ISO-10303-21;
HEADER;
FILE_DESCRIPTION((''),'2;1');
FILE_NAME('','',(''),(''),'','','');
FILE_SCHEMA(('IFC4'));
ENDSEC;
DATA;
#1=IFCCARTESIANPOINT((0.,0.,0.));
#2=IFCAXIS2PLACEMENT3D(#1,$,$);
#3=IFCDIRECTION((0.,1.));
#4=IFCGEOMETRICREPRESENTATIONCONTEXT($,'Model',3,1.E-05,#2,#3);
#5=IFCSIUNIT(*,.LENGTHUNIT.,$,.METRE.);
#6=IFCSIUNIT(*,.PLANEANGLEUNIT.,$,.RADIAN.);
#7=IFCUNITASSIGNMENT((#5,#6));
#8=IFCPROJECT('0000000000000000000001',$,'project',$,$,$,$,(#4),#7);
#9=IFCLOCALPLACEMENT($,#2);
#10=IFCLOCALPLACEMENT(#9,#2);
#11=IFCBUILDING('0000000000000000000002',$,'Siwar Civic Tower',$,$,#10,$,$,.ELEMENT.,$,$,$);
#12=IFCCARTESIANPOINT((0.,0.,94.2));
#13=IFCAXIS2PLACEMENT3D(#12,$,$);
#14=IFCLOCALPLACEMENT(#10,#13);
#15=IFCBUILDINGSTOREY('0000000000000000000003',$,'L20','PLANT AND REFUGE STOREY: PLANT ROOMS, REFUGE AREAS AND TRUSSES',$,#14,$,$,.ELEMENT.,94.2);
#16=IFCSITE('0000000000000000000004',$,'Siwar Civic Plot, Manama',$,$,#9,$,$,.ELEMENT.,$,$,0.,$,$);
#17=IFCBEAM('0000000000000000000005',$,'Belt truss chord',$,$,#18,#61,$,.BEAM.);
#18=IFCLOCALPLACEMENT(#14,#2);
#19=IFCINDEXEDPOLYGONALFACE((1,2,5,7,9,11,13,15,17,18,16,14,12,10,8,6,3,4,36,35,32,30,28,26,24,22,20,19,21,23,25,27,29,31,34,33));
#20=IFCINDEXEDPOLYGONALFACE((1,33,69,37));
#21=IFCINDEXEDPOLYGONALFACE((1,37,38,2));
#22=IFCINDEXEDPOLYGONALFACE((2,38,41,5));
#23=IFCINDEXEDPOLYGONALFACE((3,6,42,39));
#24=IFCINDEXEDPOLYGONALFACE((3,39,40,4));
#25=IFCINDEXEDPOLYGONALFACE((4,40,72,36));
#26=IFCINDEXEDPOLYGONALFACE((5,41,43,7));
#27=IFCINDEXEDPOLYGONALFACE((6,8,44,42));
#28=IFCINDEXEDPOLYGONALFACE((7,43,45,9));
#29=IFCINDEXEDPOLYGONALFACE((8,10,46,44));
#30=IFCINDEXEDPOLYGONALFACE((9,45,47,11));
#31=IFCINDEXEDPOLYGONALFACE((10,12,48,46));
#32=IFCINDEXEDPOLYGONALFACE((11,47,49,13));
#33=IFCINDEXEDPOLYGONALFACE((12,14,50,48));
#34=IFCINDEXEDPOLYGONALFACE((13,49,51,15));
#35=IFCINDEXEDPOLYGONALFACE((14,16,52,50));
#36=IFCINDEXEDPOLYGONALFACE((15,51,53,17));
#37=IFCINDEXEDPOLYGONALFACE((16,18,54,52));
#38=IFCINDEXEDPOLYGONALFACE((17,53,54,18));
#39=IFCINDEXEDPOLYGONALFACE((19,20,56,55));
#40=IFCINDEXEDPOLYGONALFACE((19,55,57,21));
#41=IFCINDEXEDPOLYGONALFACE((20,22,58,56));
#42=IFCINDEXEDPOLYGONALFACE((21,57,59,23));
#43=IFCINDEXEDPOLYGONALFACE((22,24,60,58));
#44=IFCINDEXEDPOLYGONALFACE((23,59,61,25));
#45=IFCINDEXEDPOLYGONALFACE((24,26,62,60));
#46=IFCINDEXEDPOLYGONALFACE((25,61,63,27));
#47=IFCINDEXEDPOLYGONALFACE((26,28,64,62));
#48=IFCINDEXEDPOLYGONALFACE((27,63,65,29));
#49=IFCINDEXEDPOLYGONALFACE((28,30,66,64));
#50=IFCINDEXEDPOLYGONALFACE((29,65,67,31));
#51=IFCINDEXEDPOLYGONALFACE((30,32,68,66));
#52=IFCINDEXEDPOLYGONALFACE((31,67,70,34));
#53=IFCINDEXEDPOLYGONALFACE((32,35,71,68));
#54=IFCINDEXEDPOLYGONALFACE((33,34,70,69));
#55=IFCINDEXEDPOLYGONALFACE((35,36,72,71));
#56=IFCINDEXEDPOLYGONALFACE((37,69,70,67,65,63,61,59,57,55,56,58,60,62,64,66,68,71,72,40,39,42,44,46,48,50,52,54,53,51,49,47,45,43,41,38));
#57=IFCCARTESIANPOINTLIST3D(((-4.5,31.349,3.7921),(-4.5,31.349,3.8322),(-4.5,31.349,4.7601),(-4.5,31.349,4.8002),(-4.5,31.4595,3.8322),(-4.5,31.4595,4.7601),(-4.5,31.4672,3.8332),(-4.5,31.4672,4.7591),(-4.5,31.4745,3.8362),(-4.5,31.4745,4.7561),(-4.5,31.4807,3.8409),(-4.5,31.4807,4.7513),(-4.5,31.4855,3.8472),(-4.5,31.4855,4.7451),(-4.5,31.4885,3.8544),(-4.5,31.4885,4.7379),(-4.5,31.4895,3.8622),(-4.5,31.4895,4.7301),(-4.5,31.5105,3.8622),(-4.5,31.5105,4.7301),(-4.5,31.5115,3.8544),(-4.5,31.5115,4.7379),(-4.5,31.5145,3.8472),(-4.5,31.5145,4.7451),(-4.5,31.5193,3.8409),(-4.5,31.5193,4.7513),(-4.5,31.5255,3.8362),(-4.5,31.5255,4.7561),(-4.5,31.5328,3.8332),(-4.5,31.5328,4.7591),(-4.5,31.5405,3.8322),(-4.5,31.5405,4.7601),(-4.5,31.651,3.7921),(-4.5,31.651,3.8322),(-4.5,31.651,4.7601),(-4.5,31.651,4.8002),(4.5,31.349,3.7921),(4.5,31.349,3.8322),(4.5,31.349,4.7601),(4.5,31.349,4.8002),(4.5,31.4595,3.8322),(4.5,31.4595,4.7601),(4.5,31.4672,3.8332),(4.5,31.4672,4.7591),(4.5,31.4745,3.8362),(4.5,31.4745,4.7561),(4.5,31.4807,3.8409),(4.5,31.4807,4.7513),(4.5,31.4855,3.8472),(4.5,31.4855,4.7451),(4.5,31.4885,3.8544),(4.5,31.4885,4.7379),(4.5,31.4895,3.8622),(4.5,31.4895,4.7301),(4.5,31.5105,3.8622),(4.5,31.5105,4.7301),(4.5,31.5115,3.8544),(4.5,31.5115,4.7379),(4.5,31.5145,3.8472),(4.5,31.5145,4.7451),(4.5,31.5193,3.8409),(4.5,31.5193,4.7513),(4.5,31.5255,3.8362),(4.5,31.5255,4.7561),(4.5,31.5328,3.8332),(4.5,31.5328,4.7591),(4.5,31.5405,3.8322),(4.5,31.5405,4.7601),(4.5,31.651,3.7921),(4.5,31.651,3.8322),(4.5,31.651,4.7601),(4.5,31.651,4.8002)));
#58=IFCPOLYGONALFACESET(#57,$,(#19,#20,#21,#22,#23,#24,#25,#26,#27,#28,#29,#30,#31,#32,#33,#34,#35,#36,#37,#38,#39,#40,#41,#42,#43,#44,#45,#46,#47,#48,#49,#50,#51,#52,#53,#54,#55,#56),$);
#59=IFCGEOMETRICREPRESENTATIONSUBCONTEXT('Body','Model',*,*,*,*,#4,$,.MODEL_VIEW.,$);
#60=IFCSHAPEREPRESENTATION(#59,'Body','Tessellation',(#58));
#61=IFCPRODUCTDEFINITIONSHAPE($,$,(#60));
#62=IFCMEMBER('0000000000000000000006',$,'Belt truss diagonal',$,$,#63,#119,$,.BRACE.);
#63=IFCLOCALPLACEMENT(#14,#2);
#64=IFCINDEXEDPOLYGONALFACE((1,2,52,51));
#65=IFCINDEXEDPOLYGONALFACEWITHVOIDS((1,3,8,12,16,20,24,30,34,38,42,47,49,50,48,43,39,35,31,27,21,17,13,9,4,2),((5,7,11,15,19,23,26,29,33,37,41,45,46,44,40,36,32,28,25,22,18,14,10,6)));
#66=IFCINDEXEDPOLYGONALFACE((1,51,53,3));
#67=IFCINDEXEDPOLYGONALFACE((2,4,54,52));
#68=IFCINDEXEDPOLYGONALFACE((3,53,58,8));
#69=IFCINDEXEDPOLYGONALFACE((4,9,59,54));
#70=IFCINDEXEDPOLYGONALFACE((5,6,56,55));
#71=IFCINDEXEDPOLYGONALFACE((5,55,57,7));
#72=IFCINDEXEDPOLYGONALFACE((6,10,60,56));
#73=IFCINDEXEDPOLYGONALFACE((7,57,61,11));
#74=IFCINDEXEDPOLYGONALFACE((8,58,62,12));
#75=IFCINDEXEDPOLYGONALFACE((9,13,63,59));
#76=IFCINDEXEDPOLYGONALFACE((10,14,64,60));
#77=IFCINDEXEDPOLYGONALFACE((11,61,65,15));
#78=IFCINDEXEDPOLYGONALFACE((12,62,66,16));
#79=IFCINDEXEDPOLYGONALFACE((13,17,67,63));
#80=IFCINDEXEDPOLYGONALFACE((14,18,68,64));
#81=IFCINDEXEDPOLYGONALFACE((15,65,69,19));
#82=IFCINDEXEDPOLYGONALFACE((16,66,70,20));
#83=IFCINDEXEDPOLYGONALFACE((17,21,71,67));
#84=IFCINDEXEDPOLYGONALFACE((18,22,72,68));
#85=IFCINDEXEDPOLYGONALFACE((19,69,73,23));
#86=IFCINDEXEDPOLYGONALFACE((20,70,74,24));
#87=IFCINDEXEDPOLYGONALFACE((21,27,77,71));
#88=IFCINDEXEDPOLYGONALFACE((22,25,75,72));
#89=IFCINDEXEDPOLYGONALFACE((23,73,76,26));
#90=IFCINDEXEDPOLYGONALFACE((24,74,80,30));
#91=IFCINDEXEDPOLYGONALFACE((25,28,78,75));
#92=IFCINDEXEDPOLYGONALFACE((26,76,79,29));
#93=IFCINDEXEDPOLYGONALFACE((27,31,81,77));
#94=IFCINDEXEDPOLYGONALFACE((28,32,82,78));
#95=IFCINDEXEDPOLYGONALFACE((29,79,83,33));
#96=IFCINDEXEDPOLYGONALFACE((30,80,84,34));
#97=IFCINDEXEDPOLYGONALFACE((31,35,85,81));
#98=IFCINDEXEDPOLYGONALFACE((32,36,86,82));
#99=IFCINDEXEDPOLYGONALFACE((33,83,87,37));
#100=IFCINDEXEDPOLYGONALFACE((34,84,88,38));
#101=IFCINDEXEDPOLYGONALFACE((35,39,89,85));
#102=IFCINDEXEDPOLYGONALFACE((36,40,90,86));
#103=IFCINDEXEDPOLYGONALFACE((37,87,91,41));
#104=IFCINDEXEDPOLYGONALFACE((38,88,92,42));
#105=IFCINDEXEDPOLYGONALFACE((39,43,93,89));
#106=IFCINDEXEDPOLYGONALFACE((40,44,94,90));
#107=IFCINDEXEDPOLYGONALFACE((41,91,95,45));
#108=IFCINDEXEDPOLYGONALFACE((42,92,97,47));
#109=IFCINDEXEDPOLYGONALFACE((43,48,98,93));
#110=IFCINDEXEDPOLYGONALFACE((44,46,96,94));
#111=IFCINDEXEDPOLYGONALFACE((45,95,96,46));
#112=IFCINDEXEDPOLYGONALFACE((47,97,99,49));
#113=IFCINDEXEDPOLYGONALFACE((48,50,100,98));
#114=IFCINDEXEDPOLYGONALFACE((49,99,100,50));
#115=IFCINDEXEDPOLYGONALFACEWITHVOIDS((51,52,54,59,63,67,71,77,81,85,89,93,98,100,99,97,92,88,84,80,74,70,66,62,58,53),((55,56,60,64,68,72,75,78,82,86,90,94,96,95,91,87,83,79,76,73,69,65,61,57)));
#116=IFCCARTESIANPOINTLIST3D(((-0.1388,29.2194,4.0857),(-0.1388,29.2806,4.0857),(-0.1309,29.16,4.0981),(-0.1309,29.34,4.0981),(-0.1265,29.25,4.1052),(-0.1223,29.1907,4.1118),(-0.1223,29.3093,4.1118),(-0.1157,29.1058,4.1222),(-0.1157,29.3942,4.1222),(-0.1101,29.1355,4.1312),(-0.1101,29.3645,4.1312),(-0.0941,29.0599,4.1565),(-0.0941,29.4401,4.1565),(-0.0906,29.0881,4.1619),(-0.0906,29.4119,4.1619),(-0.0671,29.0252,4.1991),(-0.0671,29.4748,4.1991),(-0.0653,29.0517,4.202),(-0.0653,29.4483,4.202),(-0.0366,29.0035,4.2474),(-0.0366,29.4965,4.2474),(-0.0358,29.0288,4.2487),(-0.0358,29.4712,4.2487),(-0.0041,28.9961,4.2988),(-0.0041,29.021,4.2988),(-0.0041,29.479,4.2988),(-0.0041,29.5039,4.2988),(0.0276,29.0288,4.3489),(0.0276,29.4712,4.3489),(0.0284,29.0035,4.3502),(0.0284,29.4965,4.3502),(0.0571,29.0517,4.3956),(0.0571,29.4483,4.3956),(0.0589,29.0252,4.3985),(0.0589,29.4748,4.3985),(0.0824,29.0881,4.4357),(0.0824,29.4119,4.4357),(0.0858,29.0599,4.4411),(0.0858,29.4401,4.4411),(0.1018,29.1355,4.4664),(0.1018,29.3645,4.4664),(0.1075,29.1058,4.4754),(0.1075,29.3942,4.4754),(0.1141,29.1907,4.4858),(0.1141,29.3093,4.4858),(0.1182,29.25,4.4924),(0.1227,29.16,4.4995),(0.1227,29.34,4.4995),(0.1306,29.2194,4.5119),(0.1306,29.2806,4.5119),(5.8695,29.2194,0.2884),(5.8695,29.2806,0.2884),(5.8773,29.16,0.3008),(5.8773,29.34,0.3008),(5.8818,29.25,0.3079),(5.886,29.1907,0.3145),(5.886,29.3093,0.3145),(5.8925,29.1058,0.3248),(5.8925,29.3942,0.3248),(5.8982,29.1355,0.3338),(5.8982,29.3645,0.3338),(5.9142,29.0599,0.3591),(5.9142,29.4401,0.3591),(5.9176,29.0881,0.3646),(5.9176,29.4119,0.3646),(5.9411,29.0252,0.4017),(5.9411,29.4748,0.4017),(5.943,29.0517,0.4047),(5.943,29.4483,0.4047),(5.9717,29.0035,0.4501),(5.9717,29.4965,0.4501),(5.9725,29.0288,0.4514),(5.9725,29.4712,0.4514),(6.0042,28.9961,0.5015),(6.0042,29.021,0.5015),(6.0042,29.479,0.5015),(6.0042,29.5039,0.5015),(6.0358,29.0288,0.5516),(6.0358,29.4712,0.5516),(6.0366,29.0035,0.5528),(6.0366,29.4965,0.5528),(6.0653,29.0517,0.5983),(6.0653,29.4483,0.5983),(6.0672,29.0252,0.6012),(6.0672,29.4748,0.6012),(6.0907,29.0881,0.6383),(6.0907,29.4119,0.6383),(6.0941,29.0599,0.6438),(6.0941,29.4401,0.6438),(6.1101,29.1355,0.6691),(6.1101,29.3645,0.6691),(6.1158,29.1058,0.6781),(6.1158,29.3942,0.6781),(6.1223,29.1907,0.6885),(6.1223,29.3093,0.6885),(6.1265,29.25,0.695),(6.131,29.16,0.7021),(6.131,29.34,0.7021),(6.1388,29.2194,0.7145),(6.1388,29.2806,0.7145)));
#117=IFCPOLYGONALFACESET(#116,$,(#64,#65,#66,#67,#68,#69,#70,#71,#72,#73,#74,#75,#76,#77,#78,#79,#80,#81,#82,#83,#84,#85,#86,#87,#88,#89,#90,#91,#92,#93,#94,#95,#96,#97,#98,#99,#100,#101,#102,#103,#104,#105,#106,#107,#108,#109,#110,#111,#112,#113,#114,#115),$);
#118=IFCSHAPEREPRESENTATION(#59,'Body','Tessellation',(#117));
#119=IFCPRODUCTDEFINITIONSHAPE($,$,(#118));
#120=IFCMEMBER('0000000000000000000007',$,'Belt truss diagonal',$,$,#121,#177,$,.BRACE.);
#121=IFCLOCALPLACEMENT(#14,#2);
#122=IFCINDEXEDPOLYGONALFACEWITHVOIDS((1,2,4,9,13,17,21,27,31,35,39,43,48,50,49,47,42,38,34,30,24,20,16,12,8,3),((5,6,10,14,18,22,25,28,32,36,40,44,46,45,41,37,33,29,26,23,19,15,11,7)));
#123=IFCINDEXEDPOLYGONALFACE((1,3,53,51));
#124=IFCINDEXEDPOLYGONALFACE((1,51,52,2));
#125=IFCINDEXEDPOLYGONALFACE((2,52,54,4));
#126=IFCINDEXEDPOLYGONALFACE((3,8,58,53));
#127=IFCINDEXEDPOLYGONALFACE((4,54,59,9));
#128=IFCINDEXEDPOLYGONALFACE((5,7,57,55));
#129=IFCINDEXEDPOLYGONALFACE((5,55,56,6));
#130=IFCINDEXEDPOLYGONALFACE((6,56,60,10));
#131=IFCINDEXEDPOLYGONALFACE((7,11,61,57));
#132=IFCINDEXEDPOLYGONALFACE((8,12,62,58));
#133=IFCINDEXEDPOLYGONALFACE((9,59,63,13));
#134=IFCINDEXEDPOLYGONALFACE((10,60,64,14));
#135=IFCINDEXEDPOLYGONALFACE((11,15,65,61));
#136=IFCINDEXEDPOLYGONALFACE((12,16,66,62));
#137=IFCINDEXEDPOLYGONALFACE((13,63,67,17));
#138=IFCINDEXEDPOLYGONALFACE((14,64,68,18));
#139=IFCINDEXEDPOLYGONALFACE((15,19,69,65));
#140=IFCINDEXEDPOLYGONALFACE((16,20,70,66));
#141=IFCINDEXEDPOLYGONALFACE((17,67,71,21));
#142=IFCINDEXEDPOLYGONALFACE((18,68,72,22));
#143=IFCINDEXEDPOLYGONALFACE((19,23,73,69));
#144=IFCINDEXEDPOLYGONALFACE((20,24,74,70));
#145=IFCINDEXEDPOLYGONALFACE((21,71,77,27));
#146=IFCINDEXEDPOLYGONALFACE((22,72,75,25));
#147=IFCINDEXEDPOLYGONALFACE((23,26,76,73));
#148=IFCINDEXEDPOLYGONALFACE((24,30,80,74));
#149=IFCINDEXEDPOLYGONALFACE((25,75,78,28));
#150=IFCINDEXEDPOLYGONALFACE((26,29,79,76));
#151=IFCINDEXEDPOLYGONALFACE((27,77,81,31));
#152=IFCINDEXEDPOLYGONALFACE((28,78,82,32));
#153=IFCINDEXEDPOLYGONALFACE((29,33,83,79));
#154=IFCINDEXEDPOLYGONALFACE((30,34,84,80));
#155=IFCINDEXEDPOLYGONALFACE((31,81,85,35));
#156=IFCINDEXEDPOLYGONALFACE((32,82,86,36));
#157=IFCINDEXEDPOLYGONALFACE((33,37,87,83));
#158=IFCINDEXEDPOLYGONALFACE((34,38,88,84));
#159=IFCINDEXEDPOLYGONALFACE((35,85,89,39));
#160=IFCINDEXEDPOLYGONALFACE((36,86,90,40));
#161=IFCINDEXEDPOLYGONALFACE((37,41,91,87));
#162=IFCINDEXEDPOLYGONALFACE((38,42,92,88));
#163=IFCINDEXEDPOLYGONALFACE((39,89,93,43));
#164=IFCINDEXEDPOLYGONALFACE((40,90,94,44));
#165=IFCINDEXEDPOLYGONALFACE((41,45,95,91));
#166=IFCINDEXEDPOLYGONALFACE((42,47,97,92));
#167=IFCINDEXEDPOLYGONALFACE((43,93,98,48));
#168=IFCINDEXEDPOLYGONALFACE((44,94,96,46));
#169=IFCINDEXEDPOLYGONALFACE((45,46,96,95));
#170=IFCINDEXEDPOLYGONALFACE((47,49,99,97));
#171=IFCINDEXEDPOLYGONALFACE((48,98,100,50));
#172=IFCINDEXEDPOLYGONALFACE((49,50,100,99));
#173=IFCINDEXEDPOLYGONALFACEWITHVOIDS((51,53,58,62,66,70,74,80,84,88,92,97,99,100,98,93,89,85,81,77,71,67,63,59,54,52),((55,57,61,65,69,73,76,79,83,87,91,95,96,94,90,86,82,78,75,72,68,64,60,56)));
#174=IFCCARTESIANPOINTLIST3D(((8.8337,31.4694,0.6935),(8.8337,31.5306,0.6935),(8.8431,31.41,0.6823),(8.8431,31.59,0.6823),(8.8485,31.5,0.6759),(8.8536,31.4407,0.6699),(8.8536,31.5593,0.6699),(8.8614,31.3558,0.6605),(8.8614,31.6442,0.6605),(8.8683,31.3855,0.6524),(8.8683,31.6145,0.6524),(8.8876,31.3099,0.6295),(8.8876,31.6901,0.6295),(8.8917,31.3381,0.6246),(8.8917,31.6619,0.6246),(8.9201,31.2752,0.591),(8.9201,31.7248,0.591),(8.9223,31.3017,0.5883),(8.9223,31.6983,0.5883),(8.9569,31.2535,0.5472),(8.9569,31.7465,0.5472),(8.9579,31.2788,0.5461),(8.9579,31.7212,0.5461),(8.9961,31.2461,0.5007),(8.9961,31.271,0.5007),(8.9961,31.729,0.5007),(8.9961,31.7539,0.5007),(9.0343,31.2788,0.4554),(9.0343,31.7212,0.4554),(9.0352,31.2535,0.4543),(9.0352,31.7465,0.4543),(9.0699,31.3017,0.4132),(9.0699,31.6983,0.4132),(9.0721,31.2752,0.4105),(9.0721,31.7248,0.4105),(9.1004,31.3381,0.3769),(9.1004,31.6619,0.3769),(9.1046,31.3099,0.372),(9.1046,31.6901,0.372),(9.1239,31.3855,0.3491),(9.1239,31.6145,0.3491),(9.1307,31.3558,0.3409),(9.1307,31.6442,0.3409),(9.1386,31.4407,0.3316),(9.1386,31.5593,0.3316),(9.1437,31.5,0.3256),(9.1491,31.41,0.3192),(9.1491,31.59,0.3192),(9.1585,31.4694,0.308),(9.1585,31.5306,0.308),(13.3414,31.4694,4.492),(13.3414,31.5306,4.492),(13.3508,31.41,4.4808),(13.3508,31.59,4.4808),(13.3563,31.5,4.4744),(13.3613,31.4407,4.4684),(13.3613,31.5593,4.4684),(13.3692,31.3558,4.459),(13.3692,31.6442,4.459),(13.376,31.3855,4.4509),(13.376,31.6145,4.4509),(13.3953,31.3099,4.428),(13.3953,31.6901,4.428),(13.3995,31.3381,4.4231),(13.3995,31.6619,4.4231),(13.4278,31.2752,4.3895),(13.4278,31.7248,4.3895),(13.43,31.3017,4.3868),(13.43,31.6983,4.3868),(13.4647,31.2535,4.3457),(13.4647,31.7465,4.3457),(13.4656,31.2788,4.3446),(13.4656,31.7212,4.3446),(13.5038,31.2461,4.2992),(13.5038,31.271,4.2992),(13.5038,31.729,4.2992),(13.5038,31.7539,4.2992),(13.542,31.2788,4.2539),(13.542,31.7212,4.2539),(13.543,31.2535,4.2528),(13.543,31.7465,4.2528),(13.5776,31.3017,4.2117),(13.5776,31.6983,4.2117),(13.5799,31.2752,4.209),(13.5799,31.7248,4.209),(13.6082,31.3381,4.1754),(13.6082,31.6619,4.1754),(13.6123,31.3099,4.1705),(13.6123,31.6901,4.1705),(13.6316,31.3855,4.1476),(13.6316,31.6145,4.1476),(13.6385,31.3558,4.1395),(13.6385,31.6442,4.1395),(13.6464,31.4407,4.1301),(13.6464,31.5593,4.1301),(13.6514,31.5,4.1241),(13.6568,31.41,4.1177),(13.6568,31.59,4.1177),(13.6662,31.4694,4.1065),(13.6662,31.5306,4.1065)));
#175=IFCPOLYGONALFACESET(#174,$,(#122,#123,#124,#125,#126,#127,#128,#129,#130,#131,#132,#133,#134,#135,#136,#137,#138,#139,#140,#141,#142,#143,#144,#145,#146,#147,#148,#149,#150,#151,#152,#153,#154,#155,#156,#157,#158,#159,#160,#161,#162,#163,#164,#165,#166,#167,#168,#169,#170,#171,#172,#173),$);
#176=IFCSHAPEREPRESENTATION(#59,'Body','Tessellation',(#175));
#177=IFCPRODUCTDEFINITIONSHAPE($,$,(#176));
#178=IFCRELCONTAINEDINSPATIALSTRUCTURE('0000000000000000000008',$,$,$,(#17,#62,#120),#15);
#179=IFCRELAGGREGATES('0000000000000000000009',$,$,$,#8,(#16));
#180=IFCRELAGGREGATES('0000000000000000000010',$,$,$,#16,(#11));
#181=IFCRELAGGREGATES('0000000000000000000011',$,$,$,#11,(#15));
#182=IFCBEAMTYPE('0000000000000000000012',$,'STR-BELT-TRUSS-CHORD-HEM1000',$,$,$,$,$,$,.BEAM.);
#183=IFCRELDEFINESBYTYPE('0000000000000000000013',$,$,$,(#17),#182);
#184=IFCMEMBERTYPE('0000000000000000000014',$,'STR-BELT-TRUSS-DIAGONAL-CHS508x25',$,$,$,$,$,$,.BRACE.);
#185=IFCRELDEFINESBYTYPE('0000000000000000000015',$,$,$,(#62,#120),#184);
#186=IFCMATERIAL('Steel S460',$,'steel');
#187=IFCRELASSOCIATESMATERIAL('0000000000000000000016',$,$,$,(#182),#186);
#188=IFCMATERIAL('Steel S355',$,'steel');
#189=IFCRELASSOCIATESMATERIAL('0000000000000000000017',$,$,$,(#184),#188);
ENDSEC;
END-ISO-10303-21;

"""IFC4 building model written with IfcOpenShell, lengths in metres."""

from ifc_helpers import new_model, si_unit, direction, frame, origin, origin_2d, place, context, subcontext, project, spatial, hollow_circle, i_section, extrude, material, material_profile, profile_set, type_object, element, save


model = new_model("IFC4")

# Units and contexts
model_context = context("Model", 3, precision=1e-05, world=origin(), true_north=direction((0.0, 1.0)))
body_context = subcontext(model_context, "Body", "Model", "MODEL_VIEW")
ifc_project = project(units=[si_unit("LENGTHUNIT", "METRE"), si_unit("PLANEANGLEUNIT", "RADIAN")], contexts=[model_context])

# Site, building, storey
site_placement = place(None, origin())
site = spatial("IfcSite", under=ifc_project, at=site_placement, Name="Siwar Civic Plot, Manama", CompositionType="ELEMENT", RefElevation=0.0)
building_placement = place(site_placement, origin())
building = spatial("IfcBuilding", under=site, at=building_placement, Name="Siwar Civic Tower", CompositionType="ELEMENT")
storey_placement = place(building_placement, frame((0.0, 0.0, 94.2)))
storey = spatial("IfcBuildingStorey", under=building, at=storey_placement, Name="L20", Description="PLANT AND REFUGE STOREY: PLANT ROOMS, REFUGE AREAS AND TRUSSES", CompositionType="ELEMENT", Elevation=94.2)

# Beam
ifc_material_1 = material(Name="Steel S460", Category="steel")
ifc_material_profile_1 = material_profile(ifc_material_1, i_section(OverallWidth=0.302, OverallDepth=1.0081, WebThickness=0.021, FlangeThickness=0.04, FilletRadius=0.03, at=origin_2d()), Name="HEM1000")
ifc_profile_set_1 = profile_set([ifc_material_profile_1], Name="Steel S460")
beam_type_1 = type_object("IfcBeamType", Name="STR-BELT-TRUSS-CHORD-HEM1000", PredefinedType="BEAM", material=ifc_profile_set_1)
for number, where, z_axis, x_axis, name in (
    (1, (4.5, 31.5, 4.2961), (-1.0, 0.0, 0.0), (0.0, -1.0, 0.0), "Belt truss chord"),
):
    element("IfcBeam", number, at=place(storey_placement, frame(where, z_axis=z_axis, x_axis=x_axis)), inside=storey, type_object=beam_type_1, Name=name, PredefinedType="BEAM", context=body_context, shape_type="SweptSolid", body=[
        extrude(i_section(OverallWidth=0.302, OverallDepth=1.0081, WebThickness=0.021, FlangeThickness=0.04, FilletRadius=0.03, at=origin_2d()), origin(), (0.0, 0.0, 1.0), 9.0),
    ])

# Members
ifc_material_2 = material(Name="Steel S355", Category="steel")
ifc_material_profile_2 = material_profile(ifc_material_2, hollow_circle(Radius=0.2539, WallThickness=0.0249, at=origin_2d()), Name="CHS508x25")
ifc_profile_set_2 = profile_set([ifc_material_profile_2], Name="Steel S355")
member_type_1 = type_object("IfcMemberType", Name="STR-BELT-TRUSS-DIAGONAL-CHS508x25", PredefinedType="BRACE", material=ifc_profile_set_2)
member_1_placement = place(storey_placement, frame((6.0042, 29.25, 0.5015), z_axis=(-0.845321, 0.0, 0.534259), x_axis=(0.0, -1.0, 0.0)))
element("IfcMember", 2, at=member_1_placement, inside=storey, type_object=member_type_1, Name="Belt truss diagonal", PredefinedType="BRACE", context=body_context, shape_type="SweptSolid", body=[
    extrude(hollow_circle(Radius=0.2539, WallThickness=0.0249, at=origin_2d()), origin(), (0.0, 0.0, 1.0), 7.1077),
])
for number, where, z_axis, x_axis, name in (
    (3, (8.9961, 31.5, 0.5007), (0.7647, 0.0, 0.644387), (0.0, 1.0, 0.0), "Belt truss diagonal"),
):
    element("IfcMember", number, at=place(storey_placement, frame(where, z_axis=z_axis, x_axis=x_axis)), inside=storey, type_object=member_type_1, Name=name, PredefinedType="BRACE", context=body_context, shape_type="SweptSolid", body=[
        extrude(hollow_circle(Radius=0.2539, WallThickness=0.0249, at=origin_2d()), origin(), (0.0, 0.0, 1.0), 5.8948),
    ])

save(model, "model.ifc")
